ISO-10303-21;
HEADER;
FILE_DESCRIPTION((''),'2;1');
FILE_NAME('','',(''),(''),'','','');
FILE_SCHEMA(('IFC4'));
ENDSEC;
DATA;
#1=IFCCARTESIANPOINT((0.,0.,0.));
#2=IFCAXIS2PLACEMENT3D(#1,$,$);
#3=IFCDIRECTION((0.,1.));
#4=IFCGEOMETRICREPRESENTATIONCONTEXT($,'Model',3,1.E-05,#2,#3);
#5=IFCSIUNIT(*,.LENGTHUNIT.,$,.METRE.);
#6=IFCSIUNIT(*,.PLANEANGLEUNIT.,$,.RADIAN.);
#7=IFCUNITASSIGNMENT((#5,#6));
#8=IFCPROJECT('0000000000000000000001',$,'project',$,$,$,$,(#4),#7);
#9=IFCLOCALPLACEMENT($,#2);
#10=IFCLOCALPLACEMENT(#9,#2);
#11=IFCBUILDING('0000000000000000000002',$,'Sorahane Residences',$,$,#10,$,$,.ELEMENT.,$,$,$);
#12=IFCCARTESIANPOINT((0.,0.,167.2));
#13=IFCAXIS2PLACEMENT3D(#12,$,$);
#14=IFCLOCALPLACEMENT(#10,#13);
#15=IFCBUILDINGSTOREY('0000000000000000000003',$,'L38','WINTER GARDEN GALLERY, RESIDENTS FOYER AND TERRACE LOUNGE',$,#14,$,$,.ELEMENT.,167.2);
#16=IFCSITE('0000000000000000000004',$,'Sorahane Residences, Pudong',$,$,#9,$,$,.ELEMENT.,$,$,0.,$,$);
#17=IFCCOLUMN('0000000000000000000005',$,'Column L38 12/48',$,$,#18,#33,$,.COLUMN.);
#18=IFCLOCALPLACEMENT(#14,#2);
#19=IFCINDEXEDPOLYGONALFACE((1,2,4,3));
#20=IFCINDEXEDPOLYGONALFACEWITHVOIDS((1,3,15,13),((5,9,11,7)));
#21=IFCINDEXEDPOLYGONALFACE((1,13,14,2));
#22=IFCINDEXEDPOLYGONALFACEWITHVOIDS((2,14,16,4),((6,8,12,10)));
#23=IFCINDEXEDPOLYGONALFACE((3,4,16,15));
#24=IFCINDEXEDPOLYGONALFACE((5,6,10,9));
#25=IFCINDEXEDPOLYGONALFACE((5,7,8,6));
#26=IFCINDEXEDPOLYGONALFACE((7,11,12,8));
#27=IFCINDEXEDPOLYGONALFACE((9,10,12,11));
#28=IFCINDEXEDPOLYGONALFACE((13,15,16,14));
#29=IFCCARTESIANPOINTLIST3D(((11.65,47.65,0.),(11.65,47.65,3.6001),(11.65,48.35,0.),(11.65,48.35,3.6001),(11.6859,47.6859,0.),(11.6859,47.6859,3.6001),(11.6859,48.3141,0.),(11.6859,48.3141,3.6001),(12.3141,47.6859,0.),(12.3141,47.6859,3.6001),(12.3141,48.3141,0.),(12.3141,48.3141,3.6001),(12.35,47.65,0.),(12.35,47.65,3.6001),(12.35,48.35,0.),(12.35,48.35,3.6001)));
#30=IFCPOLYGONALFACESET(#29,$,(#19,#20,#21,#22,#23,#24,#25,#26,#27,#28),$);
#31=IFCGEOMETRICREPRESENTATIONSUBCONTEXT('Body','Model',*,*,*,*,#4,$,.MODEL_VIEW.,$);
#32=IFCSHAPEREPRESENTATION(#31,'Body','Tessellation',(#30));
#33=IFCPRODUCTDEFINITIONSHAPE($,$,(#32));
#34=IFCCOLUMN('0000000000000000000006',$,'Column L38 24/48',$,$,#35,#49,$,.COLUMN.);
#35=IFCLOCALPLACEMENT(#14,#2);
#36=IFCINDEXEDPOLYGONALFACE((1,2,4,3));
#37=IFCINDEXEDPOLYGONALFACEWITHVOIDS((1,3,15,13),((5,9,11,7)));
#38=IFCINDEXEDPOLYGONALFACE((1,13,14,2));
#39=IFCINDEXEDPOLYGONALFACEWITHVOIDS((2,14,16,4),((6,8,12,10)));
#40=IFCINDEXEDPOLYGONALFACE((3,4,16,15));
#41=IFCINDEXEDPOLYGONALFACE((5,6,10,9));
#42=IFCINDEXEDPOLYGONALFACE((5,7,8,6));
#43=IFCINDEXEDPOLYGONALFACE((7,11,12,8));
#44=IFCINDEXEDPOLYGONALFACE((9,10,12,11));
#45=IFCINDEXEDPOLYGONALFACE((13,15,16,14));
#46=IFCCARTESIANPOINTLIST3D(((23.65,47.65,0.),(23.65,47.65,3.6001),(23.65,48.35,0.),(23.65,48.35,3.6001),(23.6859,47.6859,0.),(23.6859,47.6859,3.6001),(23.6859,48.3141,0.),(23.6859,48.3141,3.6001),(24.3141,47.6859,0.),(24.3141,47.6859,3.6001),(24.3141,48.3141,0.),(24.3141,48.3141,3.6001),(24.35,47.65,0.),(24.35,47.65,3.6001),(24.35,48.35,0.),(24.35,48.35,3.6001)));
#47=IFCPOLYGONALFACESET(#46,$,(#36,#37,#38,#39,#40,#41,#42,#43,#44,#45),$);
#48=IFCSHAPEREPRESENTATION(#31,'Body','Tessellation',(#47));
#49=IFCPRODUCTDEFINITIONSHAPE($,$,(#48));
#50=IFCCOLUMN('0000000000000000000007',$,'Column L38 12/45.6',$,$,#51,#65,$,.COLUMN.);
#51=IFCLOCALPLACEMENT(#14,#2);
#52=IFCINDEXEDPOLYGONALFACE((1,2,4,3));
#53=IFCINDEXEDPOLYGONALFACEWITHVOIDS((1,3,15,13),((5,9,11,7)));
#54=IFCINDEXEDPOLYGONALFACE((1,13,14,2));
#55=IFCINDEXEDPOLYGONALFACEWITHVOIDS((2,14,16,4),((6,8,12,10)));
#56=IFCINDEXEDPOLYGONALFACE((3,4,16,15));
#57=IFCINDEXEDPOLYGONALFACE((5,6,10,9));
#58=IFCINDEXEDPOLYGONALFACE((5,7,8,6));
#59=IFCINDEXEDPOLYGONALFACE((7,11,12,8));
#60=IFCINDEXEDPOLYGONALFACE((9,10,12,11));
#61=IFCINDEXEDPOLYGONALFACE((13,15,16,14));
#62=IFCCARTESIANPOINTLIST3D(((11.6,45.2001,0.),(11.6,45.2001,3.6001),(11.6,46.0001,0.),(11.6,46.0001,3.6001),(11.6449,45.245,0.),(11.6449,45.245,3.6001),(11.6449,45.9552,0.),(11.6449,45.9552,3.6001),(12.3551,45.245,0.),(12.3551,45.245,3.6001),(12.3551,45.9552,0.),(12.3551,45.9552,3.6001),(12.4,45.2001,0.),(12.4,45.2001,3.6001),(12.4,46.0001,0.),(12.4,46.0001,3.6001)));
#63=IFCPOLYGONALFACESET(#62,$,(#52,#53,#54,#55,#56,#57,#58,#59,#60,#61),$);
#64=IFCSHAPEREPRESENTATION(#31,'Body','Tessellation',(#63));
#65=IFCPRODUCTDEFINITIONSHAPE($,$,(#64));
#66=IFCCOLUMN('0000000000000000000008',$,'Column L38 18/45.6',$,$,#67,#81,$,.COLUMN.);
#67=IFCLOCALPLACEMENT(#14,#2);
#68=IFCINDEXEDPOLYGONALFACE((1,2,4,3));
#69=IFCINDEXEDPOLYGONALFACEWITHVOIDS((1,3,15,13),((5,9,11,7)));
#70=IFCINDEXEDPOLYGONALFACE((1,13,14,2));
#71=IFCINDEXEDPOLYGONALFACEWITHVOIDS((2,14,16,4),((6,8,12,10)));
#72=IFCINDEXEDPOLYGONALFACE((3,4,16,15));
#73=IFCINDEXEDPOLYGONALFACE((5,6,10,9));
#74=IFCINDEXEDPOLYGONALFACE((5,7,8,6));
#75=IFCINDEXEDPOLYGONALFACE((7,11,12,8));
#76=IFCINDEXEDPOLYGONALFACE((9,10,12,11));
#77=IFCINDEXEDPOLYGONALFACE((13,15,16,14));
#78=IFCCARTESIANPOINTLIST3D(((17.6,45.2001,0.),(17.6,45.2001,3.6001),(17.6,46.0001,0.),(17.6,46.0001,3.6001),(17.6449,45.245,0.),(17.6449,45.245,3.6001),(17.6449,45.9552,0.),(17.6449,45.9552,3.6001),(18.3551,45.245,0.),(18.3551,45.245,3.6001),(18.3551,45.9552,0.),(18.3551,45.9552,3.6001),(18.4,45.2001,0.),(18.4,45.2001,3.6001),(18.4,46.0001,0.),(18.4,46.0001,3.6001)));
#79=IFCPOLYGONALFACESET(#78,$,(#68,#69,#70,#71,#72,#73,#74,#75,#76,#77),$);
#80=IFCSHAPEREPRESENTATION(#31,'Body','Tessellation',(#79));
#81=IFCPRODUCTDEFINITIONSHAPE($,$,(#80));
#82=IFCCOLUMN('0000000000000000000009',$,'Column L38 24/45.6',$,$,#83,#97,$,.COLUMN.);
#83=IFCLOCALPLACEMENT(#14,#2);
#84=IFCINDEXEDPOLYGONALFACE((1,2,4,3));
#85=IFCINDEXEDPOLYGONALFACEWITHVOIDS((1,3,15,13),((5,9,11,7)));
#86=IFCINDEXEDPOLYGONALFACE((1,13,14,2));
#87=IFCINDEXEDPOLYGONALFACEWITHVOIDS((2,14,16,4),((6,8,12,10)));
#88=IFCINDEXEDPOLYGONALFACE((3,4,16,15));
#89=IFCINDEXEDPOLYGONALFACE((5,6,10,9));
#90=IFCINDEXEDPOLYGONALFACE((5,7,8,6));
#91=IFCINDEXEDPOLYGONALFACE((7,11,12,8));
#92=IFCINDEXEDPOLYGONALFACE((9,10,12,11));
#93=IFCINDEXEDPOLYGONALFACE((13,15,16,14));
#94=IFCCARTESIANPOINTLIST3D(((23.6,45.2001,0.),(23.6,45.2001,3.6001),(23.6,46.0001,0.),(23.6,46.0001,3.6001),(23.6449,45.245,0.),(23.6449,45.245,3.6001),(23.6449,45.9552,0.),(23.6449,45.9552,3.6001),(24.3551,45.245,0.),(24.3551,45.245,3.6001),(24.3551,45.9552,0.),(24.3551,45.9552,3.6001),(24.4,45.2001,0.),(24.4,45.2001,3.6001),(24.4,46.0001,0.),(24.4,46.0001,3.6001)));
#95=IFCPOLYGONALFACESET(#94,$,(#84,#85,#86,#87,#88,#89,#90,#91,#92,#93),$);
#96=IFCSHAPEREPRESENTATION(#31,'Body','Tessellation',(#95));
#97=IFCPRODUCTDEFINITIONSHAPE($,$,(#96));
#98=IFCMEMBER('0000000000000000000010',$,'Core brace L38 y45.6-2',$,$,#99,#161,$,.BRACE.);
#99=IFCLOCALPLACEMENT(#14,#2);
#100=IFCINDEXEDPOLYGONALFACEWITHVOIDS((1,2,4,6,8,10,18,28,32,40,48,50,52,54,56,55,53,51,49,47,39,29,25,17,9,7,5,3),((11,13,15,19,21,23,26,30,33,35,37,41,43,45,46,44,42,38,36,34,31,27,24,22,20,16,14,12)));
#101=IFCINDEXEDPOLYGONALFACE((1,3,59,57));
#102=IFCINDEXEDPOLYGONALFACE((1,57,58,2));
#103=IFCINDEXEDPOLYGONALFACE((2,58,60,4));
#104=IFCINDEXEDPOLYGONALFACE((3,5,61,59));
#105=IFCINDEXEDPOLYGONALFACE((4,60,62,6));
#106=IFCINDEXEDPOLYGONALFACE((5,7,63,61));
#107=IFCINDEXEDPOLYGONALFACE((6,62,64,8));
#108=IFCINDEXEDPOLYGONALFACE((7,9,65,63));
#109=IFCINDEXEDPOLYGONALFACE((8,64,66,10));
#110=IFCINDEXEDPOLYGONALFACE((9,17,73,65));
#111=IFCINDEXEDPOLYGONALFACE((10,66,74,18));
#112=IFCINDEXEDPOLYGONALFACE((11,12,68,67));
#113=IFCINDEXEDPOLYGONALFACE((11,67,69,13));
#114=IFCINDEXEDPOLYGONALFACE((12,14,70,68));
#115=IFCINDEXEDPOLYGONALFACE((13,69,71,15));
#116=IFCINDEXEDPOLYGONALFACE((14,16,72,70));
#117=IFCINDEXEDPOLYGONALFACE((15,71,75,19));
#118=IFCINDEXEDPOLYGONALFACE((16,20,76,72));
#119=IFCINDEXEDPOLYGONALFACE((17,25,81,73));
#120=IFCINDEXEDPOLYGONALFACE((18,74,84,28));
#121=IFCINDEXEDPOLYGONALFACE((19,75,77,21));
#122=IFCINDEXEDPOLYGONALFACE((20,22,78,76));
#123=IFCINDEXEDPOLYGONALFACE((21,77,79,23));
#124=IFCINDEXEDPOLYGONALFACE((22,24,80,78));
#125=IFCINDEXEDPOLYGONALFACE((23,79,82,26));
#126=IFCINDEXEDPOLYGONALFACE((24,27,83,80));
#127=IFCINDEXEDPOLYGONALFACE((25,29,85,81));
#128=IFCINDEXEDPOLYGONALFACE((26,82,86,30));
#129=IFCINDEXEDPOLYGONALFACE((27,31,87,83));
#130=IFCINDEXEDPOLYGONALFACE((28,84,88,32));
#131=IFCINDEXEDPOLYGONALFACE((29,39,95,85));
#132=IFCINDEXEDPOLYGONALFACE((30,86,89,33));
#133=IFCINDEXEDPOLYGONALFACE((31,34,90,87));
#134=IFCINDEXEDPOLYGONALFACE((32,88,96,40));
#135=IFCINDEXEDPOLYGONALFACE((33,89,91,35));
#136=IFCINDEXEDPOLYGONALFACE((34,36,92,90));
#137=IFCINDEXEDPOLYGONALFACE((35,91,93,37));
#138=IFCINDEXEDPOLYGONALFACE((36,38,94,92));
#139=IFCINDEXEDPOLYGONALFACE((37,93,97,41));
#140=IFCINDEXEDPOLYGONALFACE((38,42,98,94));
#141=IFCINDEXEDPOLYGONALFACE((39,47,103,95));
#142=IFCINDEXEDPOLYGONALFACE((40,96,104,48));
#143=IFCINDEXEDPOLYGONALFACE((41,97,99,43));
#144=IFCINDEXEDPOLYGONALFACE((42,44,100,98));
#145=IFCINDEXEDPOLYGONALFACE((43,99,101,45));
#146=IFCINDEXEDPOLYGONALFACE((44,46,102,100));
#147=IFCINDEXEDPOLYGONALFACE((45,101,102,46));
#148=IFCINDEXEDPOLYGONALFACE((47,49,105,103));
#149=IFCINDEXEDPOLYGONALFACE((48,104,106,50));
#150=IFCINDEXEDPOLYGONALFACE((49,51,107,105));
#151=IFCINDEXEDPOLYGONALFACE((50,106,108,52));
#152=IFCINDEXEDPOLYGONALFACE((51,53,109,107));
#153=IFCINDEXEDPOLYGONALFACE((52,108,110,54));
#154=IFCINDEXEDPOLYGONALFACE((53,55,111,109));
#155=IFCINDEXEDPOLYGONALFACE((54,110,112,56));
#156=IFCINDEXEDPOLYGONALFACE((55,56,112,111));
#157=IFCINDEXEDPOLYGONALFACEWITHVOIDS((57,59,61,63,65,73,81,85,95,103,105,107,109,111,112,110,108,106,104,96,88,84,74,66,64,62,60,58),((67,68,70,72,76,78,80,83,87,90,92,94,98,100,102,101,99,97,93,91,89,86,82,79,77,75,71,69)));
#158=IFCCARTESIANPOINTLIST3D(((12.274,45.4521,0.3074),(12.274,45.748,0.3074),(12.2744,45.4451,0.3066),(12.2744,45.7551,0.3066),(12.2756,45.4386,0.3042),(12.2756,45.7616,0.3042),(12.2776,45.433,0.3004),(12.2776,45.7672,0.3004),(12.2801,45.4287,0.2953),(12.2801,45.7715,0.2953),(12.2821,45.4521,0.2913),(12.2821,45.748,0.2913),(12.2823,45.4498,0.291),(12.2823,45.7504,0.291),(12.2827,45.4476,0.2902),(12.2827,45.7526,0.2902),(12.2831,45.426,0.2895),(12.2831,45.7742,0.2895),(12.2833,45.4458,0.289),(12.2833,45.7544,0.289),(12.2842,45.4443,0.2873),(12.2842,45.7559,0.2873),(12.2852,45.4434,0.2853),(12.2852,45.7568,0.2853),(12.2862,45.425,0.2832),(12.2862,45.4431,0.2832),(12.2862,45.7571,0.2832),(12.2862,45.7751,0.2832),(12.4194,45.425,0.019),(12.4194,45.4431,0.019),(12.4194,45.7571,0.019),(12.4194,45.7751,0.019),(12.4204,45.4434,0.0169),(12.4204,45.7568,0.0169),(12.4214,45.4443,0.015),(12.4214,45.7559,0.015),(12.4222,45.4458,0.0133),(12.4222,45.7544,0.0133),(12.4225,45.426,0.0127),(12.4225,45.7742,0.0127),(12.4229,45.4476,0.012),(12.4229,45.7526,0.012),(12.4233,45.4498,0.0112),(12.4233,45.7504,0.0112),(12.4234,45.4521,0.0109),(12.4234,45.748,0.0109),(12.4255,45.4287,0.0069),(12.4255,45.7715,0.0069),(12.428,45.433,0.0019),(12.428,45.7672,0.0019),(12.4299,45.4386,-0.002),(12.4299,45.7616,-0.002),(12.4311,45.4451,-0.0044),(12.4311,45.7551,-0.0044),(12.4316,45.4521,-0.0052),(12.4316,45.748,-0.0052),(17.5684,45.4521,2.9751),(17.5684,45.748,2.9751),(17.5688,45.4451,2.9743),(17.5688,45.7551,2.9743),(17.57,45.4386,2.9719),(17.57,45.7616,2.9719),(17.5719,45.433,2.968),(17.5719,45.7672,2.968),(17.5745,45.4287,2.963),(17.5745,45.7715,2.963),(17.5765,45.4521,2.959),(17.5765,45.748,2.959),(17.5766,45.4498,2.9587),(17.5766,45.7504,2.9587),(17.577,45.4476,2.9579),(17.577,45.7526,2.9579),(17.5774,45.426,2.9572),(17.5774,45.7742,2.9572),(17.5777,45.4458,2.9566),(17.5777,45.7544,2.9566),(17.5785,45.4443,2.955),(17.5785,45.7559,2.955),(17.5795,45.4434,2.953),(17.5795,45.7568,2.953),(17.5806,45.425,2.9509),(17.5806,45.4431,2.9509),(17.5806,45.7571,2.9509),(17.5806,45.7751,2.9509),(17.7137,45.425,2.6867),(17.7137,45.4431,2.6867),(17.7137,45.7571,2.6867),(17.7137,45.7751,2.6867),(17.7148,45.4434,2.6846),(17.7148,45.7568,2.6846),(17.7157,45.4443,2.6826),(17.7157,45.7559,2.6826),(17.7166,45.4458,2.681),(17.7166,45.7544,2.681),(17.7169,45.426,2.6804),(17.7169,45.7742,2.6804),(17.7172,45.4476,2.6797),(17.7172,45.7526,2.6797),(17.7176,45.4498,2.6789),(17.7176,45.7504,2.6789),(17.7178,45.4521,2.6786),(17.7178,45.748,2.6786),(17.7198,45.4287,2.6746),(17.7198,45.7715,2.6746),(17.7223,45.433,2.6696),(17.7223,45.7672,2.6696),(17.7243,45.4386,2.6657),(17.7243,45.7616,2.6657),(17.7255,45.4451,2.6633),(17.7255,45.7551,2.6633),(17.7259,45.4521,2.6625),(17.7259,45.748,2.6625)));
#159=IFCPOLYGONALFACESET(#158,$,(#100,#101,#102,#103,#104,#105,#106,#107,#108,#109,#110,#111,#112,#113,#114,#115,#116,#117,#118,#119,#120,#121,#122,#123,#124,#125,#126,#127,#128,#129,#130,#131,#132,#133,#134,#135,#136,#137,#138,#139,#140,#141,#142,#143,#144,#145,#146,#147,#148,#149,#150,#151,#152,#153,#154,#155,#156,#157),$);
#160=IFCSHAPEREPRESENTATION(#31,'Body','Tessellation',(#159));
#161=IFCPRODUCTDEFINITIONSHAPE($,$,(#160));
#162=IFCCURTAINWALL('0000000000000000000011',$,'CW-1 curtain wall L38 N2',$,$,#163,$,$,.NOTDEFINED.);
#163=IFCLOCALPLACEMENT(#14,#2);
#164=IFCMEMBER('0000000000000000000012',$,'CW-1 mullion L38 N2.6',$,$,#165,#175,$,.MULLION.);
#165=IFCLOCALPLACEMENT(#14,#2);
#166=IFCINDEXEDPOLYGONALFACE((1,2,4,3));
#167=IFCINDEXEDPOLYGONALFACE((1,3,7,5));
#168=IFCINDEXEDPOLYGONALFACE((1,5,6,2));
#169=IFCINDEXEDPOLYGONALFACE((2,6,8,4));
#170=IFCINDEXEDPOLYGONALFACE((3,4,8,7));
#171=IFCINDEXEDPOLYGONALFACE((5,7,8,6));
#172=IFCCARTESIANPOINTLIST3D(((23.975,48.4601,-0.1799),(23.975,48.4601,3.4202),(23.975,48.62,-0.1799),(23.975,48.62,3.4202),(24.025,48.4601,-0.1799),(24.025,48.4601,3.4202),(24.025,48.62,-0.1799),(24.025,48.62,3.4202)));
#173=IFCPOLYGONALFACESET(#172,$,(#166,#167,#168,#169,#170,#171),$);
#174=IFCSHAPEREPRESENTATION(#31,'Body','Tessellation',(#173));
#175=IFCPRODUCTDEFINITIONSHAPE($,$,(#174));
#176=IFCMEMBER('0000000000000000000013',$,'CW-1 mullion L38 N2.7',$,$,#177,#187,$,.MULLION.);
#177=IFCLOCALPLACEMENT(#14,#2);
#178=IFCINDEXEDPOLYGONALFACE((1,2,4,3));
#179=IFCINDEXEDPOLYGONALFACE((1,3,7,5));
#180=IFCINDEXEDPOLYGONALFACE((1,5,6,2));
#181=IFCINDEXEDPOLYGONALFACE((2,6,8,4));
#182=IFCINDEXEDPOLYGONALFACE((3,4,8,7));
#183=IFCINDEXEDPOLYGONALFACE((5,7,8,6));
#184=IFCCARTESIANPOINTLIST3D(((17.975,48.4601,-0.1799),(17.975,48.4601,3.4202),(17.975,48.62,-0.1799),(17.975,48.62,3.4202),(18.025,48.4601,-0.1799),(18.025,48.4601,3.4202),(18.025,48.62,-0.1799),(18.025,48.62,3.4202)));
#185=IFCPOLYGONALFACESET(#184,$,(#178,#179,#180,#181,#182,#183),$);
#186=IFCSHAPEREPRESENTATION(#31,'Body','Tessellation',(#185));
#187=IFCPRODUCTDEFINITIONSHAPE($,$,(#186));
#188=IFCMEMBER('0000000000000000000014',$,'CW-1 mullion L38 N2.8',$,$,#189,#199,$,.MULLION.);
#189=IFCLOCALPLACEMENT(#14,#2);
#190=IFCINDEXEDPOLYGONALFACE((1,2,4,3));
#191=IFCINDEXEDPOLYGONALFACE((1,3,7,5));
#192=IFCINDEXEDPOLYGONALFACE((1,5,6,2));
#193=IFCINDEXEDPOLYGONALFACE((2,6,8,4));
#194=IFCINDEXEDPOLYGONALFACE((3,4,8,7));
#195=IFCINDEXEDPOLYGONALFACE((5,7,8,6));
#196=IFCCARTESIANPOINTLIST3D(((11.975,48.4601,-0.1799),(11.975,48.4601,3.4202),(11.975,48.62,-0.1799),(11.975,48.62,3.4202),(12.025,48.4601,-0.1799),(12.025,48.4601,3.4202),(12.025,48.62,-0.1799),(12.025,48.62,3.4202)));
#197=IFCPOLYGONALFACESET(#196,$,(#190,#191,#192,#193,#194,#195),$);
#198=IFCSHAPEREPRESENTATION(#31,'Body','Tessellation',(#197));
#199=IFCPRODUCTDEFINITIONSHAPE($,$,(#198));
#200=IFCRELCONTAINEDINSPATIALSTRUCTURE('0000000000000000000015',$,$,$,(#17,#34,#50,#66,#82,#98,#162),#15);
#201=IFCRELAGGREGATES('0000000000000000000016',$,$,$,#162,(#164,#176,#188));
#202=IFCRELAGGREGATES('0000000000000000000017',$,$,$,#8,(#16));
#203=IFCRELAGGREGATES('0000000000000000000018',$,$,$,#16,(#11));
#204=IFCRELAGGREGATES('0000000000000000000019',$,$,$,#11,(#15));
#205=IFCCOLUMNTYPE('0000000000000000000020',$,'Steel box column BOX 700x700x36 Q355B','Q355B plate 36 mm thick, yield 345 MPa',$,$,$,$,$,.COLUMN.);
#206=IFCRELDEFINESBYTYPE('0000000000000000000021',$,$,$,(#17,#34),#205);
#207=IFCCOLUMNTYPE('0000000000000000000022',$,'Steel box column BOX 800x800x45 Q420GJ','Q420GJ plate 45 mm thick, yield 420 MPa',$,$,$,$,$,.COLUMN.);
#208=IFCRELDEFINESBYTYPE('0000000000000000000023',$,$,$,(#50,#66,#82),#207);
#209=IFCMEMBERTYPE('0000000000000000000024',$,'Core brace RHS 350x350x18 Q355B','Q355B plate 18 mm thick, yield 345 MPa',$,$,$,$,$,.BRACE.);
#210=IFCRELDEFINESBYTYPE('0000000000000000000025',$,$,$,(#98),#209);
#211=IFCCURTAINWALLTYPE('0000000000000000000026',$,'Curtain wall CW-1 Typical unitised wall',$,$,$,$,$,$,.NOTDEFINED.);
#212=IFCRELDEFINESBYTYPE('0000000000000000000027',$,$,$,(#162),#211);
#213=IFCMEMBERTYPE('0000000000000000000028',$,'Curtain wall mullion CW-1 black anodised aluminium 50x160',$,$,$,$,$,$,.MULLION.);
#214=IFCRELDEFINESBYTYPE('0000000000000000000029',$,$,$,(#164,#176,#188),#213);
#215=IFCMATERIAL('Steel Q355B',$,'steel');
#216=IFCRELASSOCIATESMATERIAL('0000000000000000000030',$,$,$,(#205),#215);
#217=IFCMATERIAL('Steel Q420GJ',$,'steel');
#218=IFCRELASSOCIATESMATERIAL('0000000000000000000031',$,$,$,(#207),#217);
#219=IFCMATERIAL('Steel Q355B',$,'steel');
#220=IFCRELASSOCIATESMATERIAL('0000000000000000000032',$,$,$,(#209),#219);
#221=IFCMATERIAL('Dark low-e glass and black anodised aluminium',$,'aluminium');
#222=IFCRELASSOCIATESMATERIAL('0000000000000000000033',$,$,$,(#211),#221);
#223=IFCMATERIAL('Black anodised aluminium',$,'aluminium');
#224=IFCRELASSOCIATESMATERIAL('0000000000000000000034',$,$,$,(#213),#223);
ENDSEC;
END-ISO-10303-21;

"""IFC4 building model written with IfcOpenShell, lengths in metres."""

from ifc_helpers import new_model, si_unit, direction, frame, origin, origin_2d, place, context, subcontext, project, spatial, rectangle, hollow_rectangle, extrude, material, material_profile, profile_set, type_object, element, aggregate, save


model = new_model("IFC4")

# Units and contexts
model_context = context("Model", 3, precision=1e-05, world=origin(), true_north=direction((0.0, 1.0)))
body_context = subcontext(model_context, "Body", "Model", "MODEL_VIEW")
ifc_project = project(units=[si_unit("LENGTHUNIT", "METRE"), si_unit("PLANEANGLEUNIT", "RADIAN")], contexts=[model_context])

# Site, building, storey
site_placement = place(None, origin())
site = spatial("IfcSite", under=ifc_project, at=site_placement, Name="Sorahane Residences, Pudong", CompositionType="ELEMENT", RefElevation=0.0)
building_placement = place(site_placement, origin())
building = spatial("IfcBuilding", under=site, at=building_placement, Name="Sorahane Residences", CompositionType="ELEMENT")
storey_placement = place(building_placement, frame((0.0, 0.0, 167.2)))
storey = spatial("IfcBuildingStorey", under=building, at=storey_placement, Name="L38", Description="WINTER GARDEN GALLERY, RESIDENTS FOYER AND TERRACE LOUNGE", CompositionType="ELEMENT", Elevation=167.2)

# Columns
ifc_material_1 = material(Name="Steel Q355B", Category="steel")
ifc_material_profile_1 = material_profile(ifc_material_1, hollow_rectangle(XDim=0.7, YDim=0.7, WallThickness=0.0359, at=origin_2d()), Name="BOX 700x700x36")
ifc_profile_set_1 = profile_set([ifc_material_profile_1], Name="Steel Q355B")
column_type_1 = type_object("IfcColumnType", Name="Steel box column BOX 700x700x36 Q355B", Description="Q355B plate 36 mm thick, yield 345 MPa", PredefinedType="COLUMN", material=ifc_profile_set_1)
for number, where, z_axis, x_axis, name in (
    (1, (12.0, 48.0, 0.0), (0.0, 0.0, 1.0), (1.0, 0.0, 0.0), "Column L38 12/48"),
    (2, (24.0, 48.0, 0.0), (0.0, 0.0, 1.0), (1.0, 0.0, 0.0), "Column L38 24/48"),
):
    element("IfcColumn", number, at=place(storey_placement, frame(where, z_axis=z_axis, x_axis=x_axis)), inside=storey, type_object=column_type_1, Name=name, PredefinedType="COLUMN", context=body_context, shape_type="SweptSolid", body=[
        extrude(hollow_rectangle(XDim=0.7, YDim=0.7, WallThickness=0.0359, at=origin_2d()), origin(), (0.0, 0.0, 1.0), 3.6001),
    ])
ifc_material_2 = material(Name="Steel Q420GJ", Category="steel")
ifc_material_profile_2 = material_profile(ifc_material_2, hollow_rectangle(XDim=0.8, YDim=0.8, WallThickness=0.0449, at=origin_2d()), Name="BOX 800x800x45")
ifc_profile_set_2 = profile_set([ifc_material_profile_2], Name="Steel Q420GJ")
column_type_2 = type_object("IfcColumnType", Name="Steel box column BOX 800x800x45 Q420GJ", Description="Q420GJ plate 45 mm thick, yield 420 MPa", PredefinedType="COLUMN", material=ifc_profile_set_2)
for number, where, z_axis, x_axis, name in (
    (3, (12.0, 45.6001, 0.0), (0.0, 0.0, 1.0), (1.0, 0.0, 0.0), "Column L38 12/45.6"),
    (4, (18.0, 45.6001, 0.0), (0.0, 0.0, 1.0), (1.0, 0.0, 0.0), "Column L38 18/45.6"),
    (5, (24.0, 45.6001, 0.0), (0.0, 0.0, 1.0), (1.0, 0.0, 0.0), "Column L38 24/45.6"),
):
    element("IfcColumn", number, at=place(storey_placement, frame(where, z_axis=z_axis, x_axis=x_axis)), inside=storey, type_object=column_type_2, Name=name, PredefinedType="COLUMN", context=body_context, shape_type="SweptSolid", body=[
        extrude(hollow_rectangle(XDim=0.8, YDim=0.8, WallThickness=0.0449, at=origin_2d()), origin(), (0.0, 0.0, 1.0), 3.6001),
    ])

# Member
ifc_material_3 = material(Name="Steel Q355B", Category="steel")
ifc_material_profile_3 = material_profile(ifc_material_3, hollow_rectangle(XDim=0.3501, YDim=0.3501, WallThickness=0.0181, InnerFilletRadius=0.009, OuterFilletRadius=0.0271, at=origin_2d()), Name="RHS 350x350x18")
ifc_profile_set_3 = profile_set([ifc_material_profile_3], Name="Steel Q355B")
member_type_1 = type_object("IfcMemberType", Name="Core brace RHS 350x350x18 Q355B", Description="Q355B plate 18 mm thick, yield 345 MPa", PredefinedType="BRACE", material=ifc_profile_set_3)
member_1_placement = place(storey_placement, frame((12.3528, 45.6001, 0.1511), z_axis=(0.893039, 0.0, 0.449979), x_axis=(0.0, 1.0, 0.0)))
element("IfcMember", 6, at=member_1_placement, inside=storey, type_object=member_type_1, Name="Core brace L38 y45.6-2", PredefinedType="BRACE", context=body_context, shape_type="SweptSolid", body=[
    extrude(hollow_rectangle(XDim=0.3501, YDim=0.3501, WallThickness=0.0181, InnerFilletRadius=0.009, OuterFilletRadius=0.0271, at=origin_2d()), origin(), (0.0, 0.0, 1.0), 5.9285),
])

# Curtain wall, members
ifc_material_4 = material(Name="Dark low-e glass and black anodised aluminium", Category="aluminium")
curtain_wall_type = type_object("IfcCurtainWallType", Name="Curtain wall CW-1 Typical unitised wall", PredefinedType="NOTDEFINED", material=ifc_material_4)
curtain_wall_placement = place(storey_placement, origin())
curtain_wall = element("IfcCurtainWall", 7, at=curtain_wall_placement, inside=storey, type_object=curtain_wall_type, Name="CW-1 curtain wall L38 N2", PredefinedType="NOTDEFINED")
ifc_material_5 = material(Name="Black anodised aluminium", Category="aluminium")
ifc_material_profile_4 = material_profile(ifc_material_5, rectangle(XDim=0.1599, YDim=0.05, at=origin_2d()), Name="Curtain wall mullion CW-1 black anodised aluminium 50x160")
ifc_profile_set_4 = profile_set([ifc_material_profile_4], Name="Black anodised aluminium")
member_type_2 = type_object("IfcMemberType", Name="Curtain wall mullion CW-1 black anodised aluminium 50x160", PredefinedType="MULLION", material=ifc_profile_set_4)
member_2_placement = place(storey_placement, frame((24.0, 48.54, -0.1799), z_axis=(0.0, 0.0, 1.0), x_axis=(0.0, 1.0, 0.0)))
member_2 = element("IfcMember", 8, at=member_2_placement, type_object=member_type_2, Name="CW-1 mullion L38 N2.6", PredefinedType="MULLION", context=body_context, shape_type="SweptSolid", body=[
    extrude(rectangle(XDim=0.1599, YDim=0.05, at=origin_2d()), origin(), (0.0, 0.0, 1.0), 3.6001),
])
member_3_placement = place(storey_placement, frame((18.0, 48.54, -0.1799), z_axis=(0.0, 0.0, 1.0), x_axis=(0.0, 1.0, 0.0)))
member_3 = element("IfcMember", 9, at=member_3_placement, type_object=member_type_2, Name="CW-1 mullion L38 N2.7", PredefinedType="MULLION", context=body_context, shape_type="SweptSolid", body=[
    extrude(rectangle(XDim=0.1599, YDim=0.05, at=origin_2d()), origin(), (0.0, 0.0, 1.0), 3.6001),
])
member_4_placement = place(storey_placement, frame((12.0, 48.54, -0.1799), z_axis=(0.0, 0.0, 1.0), x_axis=(0.0, 1.0, 0.0)))
member_4 = element("IfcMember", 10, at=member_4_placement, type_object=member_type_2, Name="CW-1 mullion L38 N2.8", PredefinedType="MULLION", context=body_context, shape_type="SweptSolid", body=[
    extrude(rectangle(XDim=0.1599, YDim=0.05, at=origin_2d()), origin(), (0.0, 0.0, 1.0), 3.6001),
])

aggregate(curtain_wall, [member_2, member_3, member_4])

save(model, "model.ifc")
